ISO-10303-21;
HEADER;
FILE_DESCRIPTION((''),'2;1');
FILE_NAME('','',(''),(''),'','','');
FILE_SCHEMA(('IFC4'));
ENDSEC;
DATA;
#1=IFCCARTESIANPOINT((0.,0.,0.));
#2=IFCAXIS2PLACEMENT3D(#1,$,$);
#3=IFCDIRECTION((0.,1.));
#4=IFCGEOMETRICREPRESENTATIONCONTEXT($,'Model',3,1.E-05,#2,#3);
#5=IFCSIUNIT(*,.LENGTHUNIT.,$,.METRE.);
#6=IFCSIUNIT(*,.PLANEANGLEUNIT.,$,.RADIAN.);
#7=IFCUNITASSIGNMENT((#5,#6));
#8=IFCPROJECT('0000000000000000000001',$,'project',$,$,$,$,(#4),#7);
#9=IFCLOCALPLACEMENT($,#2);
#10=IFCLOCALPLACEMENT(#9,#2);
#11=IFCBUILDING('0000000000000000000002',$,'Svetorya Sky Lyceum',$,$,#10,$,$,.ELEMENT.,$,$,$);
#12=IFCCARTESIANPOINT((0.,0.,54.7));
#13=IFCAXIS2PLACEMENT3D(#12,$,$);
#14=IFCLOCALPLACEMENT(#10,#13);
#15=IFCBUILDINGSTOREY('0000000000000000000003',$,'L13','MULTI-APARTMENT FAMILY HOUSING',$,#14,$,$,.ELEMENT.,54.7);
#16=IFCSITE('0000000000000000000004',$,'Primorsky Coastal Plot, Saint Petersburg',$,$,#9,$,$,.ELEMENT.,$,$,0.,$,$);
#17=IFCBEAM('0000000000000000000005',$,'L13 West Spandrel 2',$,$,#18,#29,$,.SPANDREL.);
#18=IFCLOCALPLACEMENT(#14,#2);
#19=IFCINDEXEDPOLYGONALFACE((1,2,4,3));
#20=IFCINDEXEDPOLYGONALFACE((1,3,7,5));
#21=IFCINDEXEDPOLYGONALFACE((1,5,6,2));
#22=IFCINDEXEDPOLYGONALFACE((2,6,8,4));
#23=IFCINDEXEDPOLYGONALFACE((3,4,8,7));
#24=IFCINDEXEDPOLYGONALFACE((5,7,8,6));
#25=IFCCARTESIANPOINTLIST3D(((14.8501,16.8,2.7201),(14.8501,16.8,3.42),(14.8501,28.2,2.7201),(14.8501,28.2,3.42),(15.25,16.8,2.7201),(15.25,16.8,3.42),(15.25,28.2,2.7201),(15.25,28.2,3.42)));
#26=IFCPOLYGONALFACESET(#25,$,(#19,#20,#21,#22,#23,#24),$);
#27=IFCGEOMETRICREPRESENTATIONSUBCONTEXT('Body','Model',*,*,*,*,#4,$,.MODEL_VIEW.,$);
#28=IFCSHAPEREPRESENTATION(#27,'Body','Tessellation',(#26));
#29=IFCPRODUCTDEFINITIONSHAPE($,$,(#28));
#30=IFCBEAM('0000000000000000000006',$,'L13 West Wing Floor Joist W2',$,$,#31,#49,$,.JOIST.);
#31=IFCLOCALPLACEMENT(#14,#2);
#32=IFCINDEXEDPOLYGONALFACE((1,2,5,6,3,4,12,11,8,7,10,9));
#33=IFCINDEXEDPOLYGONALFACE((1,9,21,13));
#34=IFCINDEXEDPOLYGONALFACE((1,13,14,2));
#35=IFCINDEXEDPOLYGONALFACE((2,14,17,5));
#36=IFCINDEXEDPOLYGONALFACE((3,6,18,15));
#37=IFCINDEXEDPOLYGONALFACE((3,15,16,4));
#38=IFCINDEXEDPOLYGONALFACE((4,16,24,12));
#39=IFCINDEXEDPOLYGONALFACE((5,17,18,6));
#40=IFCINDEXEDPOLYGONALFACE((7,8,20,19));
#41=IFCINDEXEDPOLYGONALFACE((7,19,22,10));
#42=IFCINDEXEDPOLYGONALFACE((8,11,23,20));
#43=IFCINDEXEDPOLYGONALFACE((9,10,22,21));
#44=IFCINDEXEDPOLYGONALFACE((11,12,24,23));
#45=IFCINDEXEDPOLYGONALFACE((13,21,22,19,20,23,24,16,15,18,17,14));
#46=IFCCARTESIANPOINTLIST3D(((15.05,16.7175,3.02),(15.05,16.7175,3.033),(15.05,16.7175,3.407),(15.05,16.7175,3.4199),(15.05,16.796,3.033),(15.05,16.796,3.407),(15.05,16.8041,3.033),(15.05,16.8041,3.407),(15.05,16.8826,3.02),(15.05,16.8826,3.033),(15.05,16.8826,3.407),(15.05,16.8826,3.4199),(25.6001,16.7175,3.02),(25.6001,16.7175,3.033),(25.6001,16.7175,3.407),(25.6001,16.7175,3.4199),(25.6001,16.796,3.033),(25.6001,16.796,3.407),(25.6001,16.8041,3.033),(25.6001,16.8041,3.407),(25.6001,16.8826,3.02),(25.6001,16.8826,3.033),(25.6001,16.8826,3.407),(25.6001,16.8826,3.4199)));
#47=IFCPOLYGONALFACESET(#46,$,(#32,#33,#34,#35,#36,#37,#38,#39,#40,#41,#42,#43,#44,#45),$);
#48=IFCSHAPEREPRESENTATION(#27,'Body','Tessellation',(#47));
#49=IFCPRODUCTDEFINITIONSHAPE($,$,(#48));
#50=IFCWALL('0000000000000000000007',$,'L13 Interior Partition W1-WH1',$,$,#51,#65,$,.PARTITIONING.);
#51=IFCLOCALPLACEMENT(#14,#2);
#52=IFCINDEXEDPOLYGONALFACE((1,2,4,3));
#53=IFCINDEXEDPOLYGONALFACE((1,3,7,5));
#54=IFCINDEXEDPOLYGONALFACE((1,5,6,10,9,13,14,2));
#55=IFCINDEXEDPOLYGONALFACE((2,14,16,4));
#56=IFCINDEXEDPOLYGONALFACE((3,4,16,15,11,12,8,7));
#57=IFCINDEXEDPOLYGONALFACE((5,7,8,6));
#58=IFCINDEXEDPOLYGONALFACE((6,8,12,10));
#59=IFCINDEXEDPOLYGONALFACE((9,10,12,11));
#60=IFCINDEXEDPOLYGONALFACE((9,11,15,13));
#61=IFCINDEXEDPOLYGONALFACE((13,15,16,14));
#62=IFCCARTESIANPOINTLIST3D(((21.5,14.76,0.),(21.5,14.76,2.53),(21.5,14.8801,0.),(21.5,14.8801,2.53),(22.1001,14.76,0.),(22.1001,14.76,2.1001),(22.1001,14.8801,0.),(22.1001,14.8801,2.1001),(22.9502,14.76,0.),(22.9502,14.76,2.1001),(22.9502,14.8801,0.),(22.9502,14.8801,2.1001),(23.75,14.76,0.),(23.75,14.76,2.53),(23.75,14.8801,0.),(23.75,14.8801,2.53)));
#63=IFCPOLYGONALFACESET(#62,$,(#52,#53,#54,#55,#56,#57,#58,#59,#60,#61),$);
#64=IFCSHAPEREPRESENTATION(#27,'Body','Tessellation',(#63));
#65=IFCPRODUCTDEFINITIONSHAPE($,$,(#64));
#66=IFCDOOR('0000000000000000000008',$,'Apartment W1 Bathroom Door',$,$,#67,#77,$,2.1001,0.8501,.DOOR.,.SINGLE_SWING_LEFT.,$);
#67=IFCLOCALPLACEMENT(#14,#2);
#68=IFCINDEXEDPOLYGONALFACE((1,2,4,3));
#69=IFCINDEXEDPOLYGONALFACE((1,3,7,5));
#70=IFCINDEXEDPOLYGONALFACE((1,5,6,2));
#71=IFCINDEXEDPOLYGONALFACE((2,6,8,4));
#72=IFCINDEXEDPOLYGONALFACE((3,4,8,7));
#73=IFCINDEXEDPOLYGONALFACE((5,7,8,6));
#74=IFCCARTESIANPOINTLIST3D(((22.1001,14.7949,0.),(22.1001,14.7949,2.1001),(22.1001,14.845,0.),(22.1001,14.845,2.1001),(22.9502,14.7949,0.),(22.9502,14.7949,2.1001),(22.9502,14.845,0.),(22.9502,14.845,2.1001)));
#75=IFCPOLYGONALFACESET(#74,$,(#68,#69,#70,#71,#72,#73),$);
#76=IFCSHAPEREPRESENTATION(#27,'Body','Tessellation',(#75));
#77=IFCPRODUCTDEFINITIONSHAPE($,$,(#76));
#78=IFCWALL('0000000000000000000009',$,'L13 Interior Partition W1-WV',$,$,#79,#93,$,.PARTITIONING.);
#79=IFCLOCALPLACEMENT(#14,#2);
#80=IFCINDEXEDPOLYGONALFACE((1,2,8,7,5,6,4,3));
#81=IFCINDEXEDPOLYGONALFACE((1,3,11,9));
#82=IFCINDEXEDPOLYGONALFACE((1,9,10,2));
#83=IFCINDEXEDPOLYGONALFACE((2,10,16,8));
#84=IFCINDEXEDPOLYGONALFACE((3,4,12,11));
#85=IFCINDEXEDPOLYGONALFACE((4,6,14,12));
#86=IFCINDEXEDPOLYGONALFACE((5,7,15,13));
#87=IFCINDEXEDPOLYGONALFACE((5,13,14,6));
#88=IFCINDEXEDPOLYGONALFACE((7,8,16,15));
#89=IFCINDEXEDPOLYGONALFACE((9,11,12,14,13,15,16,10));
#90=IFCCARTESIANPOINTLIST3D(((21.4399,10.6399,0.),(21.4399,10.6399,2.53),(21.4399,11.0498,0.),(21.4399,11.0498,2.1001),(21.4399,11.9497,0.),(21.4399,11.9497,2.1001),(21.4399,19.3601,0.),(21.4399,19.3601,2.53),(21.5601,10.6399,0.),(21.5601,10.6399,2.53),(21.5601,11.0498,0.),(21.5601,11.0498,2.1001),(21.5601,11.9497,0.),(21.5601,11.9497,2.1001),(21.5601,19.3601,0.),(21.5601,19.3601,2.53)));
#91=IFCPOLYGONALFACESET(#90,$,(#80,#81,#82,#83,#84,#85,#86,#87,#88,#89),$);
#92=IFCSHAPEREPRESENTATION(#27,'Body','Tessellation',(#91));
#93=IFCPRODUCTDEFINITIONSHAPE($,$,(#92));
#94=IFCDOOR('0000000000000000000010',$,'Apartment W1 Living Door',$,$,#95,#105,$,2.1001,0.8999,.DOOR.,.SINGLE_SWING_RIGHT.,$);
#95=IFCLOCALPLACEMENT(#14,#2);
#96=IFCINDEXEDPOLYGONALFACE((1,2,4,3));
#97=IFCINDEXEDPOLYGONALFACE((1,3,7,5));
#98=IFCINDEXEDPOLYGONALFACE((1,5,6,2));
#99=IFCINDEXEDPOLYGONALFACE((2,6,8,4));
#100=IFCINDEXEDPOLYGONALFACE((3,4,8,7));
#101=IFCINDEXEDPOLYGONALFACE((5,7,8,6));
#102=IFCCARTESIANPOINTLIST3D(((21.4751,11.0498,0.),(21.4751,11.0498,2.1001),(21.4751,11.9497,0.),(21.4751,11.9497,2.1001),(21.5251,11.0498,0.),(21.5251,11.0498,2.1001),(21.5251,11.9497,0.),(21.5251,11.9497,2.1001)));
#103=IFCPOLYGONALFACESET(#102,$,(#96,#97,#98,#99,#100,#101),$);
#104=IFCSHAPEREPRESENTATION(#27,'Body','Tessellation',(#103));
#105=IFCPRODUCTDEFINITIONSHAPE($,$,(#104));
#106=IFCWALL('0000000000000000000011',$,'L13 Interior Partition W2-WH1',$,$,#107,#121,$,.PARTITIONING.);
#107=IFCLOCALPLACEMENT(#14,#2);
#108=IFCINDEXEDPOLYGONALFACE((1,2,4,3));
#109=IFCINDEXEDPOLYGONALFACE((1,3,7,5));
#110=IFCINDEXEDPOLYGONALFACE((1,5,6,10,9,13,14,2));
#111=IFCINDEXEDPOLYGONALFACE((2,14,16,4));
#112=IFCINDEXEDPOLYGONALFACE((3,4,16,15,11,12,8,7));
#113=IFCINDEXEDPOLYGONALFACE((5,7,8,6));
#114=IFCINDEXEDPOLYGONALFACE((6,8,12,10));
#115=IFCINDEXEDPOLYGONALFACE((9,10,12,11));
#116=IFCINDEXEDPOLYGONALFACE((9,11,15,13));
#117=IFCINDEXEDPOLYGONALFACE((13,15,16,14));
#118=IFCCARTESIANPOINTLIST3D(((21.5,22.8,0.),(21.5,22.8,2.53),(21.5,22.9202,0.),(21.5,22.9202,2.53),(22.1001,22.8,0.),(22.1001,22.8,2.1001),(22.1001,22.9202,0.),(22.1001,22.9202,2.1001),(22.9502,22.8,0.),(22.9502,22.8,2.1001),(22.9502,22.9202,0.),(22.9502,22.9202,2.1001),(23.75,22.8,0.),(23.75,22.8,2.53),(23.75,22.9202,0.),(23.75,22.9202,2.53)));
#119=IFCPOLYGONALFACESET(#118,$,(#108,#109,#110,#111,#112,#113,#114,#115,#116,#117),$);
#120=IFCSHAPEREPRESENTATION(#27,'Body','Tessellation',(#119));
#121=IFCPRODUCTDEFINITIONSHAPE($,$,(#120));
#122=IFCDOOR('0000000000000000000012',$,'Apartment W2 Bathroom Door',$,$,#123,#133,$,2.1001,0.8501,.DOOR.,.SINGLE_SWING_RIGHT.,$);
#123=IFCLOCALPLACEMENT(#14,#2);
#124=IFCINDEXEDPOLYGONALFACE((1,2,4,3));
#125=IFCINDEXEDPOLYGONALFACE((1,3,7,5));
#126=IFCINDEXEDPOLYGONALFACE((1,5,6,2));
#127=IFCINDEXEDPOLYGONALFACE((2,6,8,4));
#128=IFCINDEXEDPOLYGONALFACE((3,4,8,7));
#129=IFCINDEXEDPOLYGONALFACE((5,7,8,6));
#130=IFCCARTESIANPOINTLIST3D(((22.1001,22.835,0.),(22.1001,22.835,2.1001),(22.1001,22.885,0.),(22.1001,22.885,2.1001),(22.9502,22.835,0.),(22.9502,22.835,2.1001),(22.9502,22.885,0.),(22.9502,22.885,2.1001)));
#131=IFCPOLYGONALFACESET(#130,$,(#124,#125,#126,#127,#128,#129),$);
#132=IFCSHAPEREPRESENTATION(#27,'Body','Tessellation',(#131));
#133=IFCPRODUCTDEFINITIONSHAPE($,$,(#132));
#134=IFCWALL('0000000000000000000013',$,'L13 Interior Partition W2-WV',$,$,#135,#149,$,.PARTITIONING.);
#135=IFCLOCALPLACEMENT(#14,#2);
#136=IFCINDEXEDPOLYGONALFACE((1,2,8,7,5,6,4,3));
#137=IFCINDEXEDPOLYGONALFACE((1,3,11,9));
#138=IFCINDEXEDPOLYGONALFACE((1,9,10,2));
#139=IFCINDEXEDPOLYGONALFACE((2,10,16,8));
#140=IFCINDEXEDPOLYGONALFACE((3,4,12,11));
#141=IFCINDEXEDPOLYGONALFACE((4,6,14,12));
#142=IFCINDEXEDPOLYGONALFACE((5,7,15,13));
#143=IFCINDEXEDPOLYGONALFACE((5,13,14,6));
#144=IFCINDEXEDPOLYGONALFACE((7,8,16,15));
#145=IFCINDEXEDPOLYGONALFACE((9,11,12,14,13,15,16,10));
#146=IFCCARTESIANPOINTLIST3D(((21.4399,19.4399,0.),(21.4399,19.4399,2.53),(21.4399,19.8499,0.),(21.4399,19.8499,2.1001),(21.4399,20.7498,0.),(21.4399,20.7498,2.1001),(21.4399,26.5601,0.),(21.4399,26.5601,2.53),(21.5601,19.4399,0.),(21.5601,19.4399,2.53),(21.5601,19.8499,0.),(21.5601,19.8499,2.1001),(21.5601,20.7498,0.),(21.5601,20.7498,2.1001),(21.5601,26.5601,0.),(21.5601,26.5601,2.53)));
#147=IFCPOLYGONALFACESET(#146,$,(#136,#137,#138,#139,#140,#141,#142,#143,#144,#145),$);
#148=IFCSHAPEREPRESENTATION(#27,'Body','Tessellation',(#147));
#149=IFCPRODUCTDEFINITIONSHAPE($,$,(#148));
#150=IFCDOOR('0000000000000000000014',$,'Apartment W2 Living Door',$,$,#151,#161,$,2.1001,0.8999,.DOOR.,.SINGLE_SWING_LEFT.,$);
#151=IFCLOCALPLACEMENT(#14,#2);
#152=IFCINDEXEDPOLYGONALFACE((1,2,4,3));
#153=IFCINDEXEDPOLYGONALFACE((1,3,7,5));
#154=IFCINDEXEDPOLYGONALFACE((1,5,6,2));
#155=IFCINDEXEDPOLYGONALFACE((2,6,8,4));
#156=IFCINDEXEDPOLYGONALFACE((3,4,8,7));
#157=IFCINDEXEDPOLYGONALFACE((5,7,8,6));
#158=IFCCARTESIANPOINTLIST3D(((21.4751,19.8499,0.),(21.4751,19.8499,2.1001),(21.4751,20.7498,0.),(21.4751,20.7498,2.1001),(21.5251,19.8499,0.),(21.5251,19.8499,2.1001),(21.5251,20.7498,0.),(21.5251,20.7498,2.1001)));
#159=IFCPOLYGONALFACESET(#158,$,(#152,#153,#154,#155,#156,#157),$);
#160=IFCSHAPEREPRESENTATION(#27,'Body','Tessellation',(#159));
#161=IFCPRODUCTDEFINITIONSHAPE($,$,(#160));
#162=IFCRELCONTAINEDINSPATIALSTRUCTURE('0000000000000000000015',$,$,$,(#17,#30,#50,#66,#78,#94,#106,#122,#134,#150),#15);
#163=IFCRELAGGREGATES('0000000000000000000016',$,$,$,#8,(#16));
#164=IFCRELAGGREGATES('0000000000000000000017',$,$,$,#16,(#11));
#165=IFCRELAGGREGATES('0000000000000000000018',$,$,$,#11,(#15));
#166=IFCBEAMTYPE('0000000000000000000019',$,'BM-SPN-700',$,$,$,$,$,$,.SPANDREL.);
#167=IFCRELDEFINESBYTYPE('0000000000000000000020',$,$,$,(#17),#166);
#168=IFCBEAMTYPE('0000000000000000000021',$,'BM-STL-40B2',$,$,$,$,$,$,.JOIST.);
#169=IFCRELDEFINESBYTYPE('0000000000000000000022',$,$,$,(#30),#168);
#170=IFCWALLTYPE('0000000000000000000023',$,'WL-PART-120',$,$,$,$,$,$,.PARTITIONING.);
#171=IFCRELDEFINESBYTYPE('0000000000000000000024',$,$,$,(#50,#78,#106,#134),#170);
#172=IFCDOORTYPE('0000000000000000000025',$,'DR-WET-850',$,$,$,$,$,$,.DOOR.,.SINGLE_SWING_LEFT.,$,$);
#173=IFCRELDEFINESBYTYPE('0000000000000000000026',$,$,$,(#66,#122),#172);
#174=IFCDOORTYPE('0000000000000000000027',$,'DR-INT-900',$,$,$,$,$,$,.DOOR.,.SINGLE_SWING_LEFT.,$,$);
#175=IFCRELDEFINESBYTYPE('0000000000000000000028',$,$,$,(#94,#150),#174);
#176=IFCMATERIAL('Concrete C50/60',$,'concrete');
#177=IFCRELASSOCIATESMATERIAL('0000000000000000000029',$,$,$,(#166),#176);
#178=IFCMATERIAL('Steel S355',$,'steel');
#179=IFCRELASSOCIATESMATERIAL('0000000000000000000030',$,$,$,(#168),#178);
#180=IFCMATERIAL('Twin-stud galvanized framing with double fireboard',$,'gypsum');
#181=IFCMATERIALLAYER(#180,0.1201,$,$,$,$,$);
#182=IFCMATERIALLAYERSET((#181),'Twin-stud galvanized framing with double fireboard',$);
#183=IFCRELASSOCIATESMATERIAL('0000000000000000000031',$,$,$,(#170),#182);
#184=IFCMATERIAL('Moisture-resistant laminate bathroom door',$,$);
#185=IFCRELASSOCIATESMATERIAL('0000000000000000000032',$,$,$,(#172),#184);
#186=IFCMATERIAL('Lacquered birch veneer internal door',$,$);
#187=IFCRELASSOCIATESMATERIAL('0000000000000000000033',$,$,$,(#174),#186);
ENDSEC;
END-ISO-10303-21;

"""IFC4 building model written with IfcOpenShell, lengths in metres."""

from ifc_helpers import new_model, si_unit, direction, frame, frame_2d, origin, origin_2d, place, context, subcontext, project, spatial, rectangle, i_section, extrude, material, layer, layer_set, material_profile, profile_set, type_object, element, fill, save


model = new_model("IFC4")

# Units and contexts
model_context = context("Model", 3, precision=1e-05, world=origin(), true_north=direction((0.0, 1.0)))
body_context = subcontext(model_context, "Body", "Model", "MODEL_VIEW")
ifc_project = project(units=[si_unit("LENGTHUNIT", "METRE"), si_unit("PLANEANGLEUNIT", "RADIAN")], contexts=[model_context])

# Site, building, storey
site_placement = place(None, origin())
site = spatial("IfcSite", under=ifc_project, at=site_placement, Name="Primorsky Coastal Plot, Saint Petersburg", CompositionType="ELEMENT", RefElevation=0.0)
building_placement = place(site_placement, origin())
building = spatial("IfcBuilding", under=site, at=building_placement, Name="Svetorya Sky Lyceum", CompositionType="ELEMENT")
storey_placement = place(building_placement, frame((0.0, 0.0, 54.7)))
storey = spatial("IfcBuildingStorey", under=building, at=storey_placement, Name="L13", Description="MULTI-APARTMENT FAMILY HOUSING", CompositionType="ELEMENT", Elevation=54.7)

# Beams
ifc_material_1 = material(Name="Concrete C50/60", Category="concrete")
ifc_material_profile_1 = material_profile(ifc_material_1, rectangle(XDim=0.3999, YDim=0.7, at=origin_2d()), Name="RC SPANDREL 400x700")
ifc_profile_set_1 = profile_set([ifc_material_profile_1], Name="Concrete C50/60")
beam_type_1 = type_object("IfcBeamType", Name="BM-SPN-700", PredefinedType="SPANDREL", material=ifc_profile_set_1)
beam_1_placement = place(storey_placement, frame((15.05, 16.8, 3.0701), z_axis=(0.0, 1.0, 0.0), x_axis=(-1.0, 0.0, 0.0)))
element("IfcBeam", 1, at=beam_1_placement, inside=storey, type_object=beam_type_1, Name="L13 West Spandrel 2", PredefinedType="SPANDREL", context=body_context, shape_type="SweptSolid", body=[
    extrude(rectangle(XDim=0.3999, YDim=0.7, at=origin_2d()), origin(), (0.0, 0.0, 1.0), 11.3999),
])
ifc_material_2 = material(Name="Steel S355", Category="steel")
ifc_material_profile_2 = material_profile(ifc_material_2, i_section(OverallWidth=0.165, OverallDepth=0.3999, WebThickness=0.0081, FlangeThickness=0.0129, at=origin_2d()), Name="GOST 40B2")
ifc_profile_set_2 = profile_set([ifc_material_profile_2], Name="Steel S355")
beam_type_2 = type_object("IfcBeamType", Name="BM-STL-40B2", PredefinedType="JOIST", material=ifc_profile_set_2)
beam_2_placement = place(storey_placement, frame((15.05, 16.8, 3.22), z_axis=(1.0, 0.0, 0.0), x_axis=(0.0, 1.0, 0.0)))
element("IfcBeam", 2, at=beam_2_placement, inside=storey, type_object=beam_type_2, Name="L13 West Wing Floor Joist W2", PredefinedType="JOIST", context=body_context, shape_type="SweptSolid", body=[
    extrude(i_section(OverallWidth=0.165, OverallDepth=0.3999, WebThickness=0.0081, FlangeThickness=0.0129, at=origin_2d()), origin(), (0.0, 0.0, 1.0), 10.55),
])

# Walls, openings, doors
ifc_material_3 = material(Name="Twin-stud galvanized framing with double fireboard", Category="gypsum")
ifc_layer_1 = layer(ifc_material_3, 0.1201)
ifc_layer_set_1 = layer_set([ifc_layer_1], Name="Twin-stud galvanized framing with double fireboard")
wall_type_1 = type_object("IfcWallType", Name="WL-PART-120", PredefinedType="PARTITIONING", material=ifc_layer_set_1)
wall_1_placement = place(storey_placement, frame((21.5, 14.8201, 0.0), z_axis=(0.0, 0.0, 1.0), x_axis=(1.0, 0.0, 0.0)))
wall_1 = element("IfcWall", 3, at=wall_1_placement, inside=storey, type_object=wall_type_1, Name="L13 Interior Partition W1-WH1", PredefinedType="PARTITIONING", context=body_context, shape_type="SweptSolid", body=[
    extrude(rectangle(XDim=2.25, YDim=0.1201, at=frame_2d((1.125, 0.0))), origin(), (0.0, 0.0, 1.0), 2.53),
])
opening_1_placement = place(wall_1_placement, frame((0.6001, 0.0, 0.0)))
opening_1 = element("IfcOpeningElement", 4, at=opening_1_placement, cuts=wall_1, PredefinedType="OPENING", context=body_context, shape_type="SweptSolid", body=[
    extrude(rectangle(XDim=0.8501, YDim=2.1001, at=frame_2d((0.425, 1.05))), frame((0.0, 0.0701, 0.0), z_axis=(0.0, -1.0, 0.0), x_axis=(1.0, 0.0, 0.0)), (0.0, 0.0, 1.0), 0.1401),
])
ifc_material_4 = material(Name="Moisture-resistant laminate bathroom door")
door_type_1 = type_object("IfcDoorType", Name="DR-WET-850", OperationType="SINGLE_SWING_LEFT", PredefinedType="DOOR", material=ifc_material_4)
door_1_placement = place(opening_1_placement, origin())
door_1 = element("IfcDoor", 5, at=door_1_placement, inside=storey, type_object=door_type_1, Name="Apartment W1 Bathroom Door", OperationType="SINGLE_SWING_LEFT", OverallHeight=2.1001, OverallWidth=0.8501, PredefinedType="DOOR", context=body_context, shape_type="SweptSolid", body=[
    extrude(rectangle(XDim=0.8501, YDim=2.1001, at=frame_2d((0.425, 1.05))), frame((0.0, 0.0249, 0.0), z_axis=(0.0, -1.0, 0.0), x_axis=(1.0, 0.0, 0.0)), (0.0, 0.0, 1.0), 0.05),
])
fill(opening_1, door_1)
wall_2_placement = place(storey_placement, frame((21.5, 10.6399, 0.0), z_axis=(0.0, 0.0, 1.0), x_axis=(0.0, 1.0, 0.0)))
wall_2 = element("IfcWall", 6, at=wall_2_placement, inside=storey, type_object=wall_type_1, Name="L13 Interior Partition W1-WV", PredefinedType="PARTITIONING", context=body_context, shape_type="SweptSolid", body=[
    extrude(rectangle(XDim=8.7202, YDim=0.1201, at=frame_2d((4.3601, 0.0))), origin(), (0.0, 0.0, 1.0), 2.53),
])
opening_2_placement = place(wall_2_placement, frame((0.4099, 0.0, 0.0)))
opening_2 = element("IfcOpeningElement", 7, at=opening_2_placement, cuts=wall_2, PredefinedType="OPENING", context=body_context, shape_type="SweptSolid", body=[
    extrude(rectangle(XDim=0.8999, YDim=2.1001, at=frame_2d((0.45, 1.05))), frame((0.0, 0.0701, 0.0), z_axis=(0.0, -1.0, 0.0), x_axis=(1.0, 0.0, 0.0)), (0.0, 0.0, 1.0), 0.1401),
])
ifc_material_5 = material(Name="Lacquered birch veneer internal door")
door_type_2 = type_object("IfcDoorType", Name="DR-INT-900", OperationType="SINGLE_SWING_LEFT", PredefinedType="DOOR", material=ifc_material_5)
door_2_placement = place(opening_2_placement, origin())
door_2 = element("IfcDoor", 8, at=door_2_placement, inside=storey, type_object=door_type_2, Name="Apartment W1 Living Door", OperationType="SINGLE_SWING_RIGHT", OverallHeight=2.1001, OverallWidth=0.8999, PredefinedType="DOOR", context=body_context, shape_type="SweptSolid", body=[
    extrude(rectangle(XDim=0.8999, YDim=2.1001, at=frame_2d((0.45, 1.05))), frame((0.0, 0.0249, 0.0), z_axis=(0.0, -1.0, 0.0), x_axis=(1.0, 0.0, 0.0)), (0.0, 0.0, 1.0), 0.05),
])
fill(opening_2, door_2)
wall_3_placement = place(storey_placement, frame((21.5, 22.8601, 0.0), z_axis=(0.0, 0.0, 1.0), x_axis=(1.0, 0.0, 0.0)))
wall_3 = element("IfcWall", 9, at=wall_3_placement, inside=storey, type_object=wall_type_1, Name="L13 Interior Partition W2-WH1", PredefinedType="PARTITIONING", context=body_context, shape_type="SweptSolid", body=[
    extrude(rectangle(XDim=2.25, YDim=0.1201, at=frame_2d((1.125, 0.0))), origin(), (0.0, 0.0, 1.0), 2.53),
])
opening_3_placement = place(wall_3_placement, frame((0.6001, 0.0, 0.0)))
opening_3 = element("IfcOpeningElement", 10, at=opening_3_placement, cuts=wall_3, PredefinedType="OPENING", context=body_context, shape_type="SweptSolid", body=[
    extrude(rectangle(XDim=0.8501, YDim=2.1001, at=frame_2d((0.425, 1.05))), frame((0.0, 0.0701, 0.0), z_axis=(0.0, -1.0, 0.0), x_axis=(1.0, 0.0, 0.0)), (0.0, 0.0, 1.0), 0.1401),
])
door_3_placement = place(opening_3_placement, origin())
door_3 = element("IfcDoor", 11, at=door_3_placement, inside=storey, type_object=door_type_1, Name="Apartment W2 Bathroom Door", OperationType="SINGLE_SWING_RIGHT", OverallHeight=2.1001, OverallWidth=0.8501, PredefinedType="DOOR", context=body_context, shape_type="SweptSolid", body=[
    extrude(rectangle(XDim=0.8501, YDim=2.1001, at=frame_2d((0.425, 1.05))), frame((0.0, 0.0249, 0.0), z_axis=(0.0, -1.0, 0.0), x_axis=(1.0, 0.0, 0.0)), (0.0, 0.0, 1.0), 0.05),
])
fill(opening_3, door_3)
wall_4_placement = place(storey_placement, frame((21.5, 19.4399, 0.0), z_axis=(0.0, 0.0, 1.0), x_axis=(0.0, 1.0, 0.0)))
wall_4 = element("IfcWall", 12, at=wall_4_placement, inside=storey, type_object=wall_type_1, Name="L13 Interior Partition W2-WV", PredefinedType="PARTITIONING", context=body_context, shape_type="SweptSolid", body=[
    extrude(rectangle(XDim=7.1201, YDim=0.1201, at=frame_2d((3.5601, 0.0))), origin(), (0.0, 0.0, 1.0), 2.53),
])
opening_4_placement = place(wall_4_placement, frame((0.4099, 0.0, 0.0)))
opening_4 = element("IfcOpeningElement", 13, at=opening_4_placement, cuts=wall_4, PredefinedType="OPENING", context=body_context, shape_type="SweptSolid", body=[
    extrude(rectangle(XDim=0.8999, YDim=2.1001, at=frame_2d((0.45, 1.05))), frame((0.0, 0.0701, 0.0), z_axis=(0.0, -1.0, 0.0), x_axis=(1.0, 0.0, 0.0)), (0.0, 0.0, 1.0), 0.1401),
])
door_4_placement = place(opening_4_placement, origin())
door_4 = element("IfcDoor", 14, at=door_4_placement, inside=storey, type_object=door_type_2, Name="Apartment W2 Living Door", OperationType="SINGLE_SWING_LEFT", OverallHeight=2.1001, OverallWidth=0.8999, PredefinedType="DOOR", context=body_context, shape_type="SweptSolid", body=[
    extrude(rectangle(XDim=0.8999, YDim=2.1001, at=frame_2d((0.45, 1.05))), frame((0.0, 0.0249, 0.0), z_axis=(0.0, -1.0, 0.0), x_axis=(1.0, 0.0, 0.0)), (0.0, 0.0, 1.0), 0.05),
])
fill(opening_4, door_4)

save(model, "model.ifc")
